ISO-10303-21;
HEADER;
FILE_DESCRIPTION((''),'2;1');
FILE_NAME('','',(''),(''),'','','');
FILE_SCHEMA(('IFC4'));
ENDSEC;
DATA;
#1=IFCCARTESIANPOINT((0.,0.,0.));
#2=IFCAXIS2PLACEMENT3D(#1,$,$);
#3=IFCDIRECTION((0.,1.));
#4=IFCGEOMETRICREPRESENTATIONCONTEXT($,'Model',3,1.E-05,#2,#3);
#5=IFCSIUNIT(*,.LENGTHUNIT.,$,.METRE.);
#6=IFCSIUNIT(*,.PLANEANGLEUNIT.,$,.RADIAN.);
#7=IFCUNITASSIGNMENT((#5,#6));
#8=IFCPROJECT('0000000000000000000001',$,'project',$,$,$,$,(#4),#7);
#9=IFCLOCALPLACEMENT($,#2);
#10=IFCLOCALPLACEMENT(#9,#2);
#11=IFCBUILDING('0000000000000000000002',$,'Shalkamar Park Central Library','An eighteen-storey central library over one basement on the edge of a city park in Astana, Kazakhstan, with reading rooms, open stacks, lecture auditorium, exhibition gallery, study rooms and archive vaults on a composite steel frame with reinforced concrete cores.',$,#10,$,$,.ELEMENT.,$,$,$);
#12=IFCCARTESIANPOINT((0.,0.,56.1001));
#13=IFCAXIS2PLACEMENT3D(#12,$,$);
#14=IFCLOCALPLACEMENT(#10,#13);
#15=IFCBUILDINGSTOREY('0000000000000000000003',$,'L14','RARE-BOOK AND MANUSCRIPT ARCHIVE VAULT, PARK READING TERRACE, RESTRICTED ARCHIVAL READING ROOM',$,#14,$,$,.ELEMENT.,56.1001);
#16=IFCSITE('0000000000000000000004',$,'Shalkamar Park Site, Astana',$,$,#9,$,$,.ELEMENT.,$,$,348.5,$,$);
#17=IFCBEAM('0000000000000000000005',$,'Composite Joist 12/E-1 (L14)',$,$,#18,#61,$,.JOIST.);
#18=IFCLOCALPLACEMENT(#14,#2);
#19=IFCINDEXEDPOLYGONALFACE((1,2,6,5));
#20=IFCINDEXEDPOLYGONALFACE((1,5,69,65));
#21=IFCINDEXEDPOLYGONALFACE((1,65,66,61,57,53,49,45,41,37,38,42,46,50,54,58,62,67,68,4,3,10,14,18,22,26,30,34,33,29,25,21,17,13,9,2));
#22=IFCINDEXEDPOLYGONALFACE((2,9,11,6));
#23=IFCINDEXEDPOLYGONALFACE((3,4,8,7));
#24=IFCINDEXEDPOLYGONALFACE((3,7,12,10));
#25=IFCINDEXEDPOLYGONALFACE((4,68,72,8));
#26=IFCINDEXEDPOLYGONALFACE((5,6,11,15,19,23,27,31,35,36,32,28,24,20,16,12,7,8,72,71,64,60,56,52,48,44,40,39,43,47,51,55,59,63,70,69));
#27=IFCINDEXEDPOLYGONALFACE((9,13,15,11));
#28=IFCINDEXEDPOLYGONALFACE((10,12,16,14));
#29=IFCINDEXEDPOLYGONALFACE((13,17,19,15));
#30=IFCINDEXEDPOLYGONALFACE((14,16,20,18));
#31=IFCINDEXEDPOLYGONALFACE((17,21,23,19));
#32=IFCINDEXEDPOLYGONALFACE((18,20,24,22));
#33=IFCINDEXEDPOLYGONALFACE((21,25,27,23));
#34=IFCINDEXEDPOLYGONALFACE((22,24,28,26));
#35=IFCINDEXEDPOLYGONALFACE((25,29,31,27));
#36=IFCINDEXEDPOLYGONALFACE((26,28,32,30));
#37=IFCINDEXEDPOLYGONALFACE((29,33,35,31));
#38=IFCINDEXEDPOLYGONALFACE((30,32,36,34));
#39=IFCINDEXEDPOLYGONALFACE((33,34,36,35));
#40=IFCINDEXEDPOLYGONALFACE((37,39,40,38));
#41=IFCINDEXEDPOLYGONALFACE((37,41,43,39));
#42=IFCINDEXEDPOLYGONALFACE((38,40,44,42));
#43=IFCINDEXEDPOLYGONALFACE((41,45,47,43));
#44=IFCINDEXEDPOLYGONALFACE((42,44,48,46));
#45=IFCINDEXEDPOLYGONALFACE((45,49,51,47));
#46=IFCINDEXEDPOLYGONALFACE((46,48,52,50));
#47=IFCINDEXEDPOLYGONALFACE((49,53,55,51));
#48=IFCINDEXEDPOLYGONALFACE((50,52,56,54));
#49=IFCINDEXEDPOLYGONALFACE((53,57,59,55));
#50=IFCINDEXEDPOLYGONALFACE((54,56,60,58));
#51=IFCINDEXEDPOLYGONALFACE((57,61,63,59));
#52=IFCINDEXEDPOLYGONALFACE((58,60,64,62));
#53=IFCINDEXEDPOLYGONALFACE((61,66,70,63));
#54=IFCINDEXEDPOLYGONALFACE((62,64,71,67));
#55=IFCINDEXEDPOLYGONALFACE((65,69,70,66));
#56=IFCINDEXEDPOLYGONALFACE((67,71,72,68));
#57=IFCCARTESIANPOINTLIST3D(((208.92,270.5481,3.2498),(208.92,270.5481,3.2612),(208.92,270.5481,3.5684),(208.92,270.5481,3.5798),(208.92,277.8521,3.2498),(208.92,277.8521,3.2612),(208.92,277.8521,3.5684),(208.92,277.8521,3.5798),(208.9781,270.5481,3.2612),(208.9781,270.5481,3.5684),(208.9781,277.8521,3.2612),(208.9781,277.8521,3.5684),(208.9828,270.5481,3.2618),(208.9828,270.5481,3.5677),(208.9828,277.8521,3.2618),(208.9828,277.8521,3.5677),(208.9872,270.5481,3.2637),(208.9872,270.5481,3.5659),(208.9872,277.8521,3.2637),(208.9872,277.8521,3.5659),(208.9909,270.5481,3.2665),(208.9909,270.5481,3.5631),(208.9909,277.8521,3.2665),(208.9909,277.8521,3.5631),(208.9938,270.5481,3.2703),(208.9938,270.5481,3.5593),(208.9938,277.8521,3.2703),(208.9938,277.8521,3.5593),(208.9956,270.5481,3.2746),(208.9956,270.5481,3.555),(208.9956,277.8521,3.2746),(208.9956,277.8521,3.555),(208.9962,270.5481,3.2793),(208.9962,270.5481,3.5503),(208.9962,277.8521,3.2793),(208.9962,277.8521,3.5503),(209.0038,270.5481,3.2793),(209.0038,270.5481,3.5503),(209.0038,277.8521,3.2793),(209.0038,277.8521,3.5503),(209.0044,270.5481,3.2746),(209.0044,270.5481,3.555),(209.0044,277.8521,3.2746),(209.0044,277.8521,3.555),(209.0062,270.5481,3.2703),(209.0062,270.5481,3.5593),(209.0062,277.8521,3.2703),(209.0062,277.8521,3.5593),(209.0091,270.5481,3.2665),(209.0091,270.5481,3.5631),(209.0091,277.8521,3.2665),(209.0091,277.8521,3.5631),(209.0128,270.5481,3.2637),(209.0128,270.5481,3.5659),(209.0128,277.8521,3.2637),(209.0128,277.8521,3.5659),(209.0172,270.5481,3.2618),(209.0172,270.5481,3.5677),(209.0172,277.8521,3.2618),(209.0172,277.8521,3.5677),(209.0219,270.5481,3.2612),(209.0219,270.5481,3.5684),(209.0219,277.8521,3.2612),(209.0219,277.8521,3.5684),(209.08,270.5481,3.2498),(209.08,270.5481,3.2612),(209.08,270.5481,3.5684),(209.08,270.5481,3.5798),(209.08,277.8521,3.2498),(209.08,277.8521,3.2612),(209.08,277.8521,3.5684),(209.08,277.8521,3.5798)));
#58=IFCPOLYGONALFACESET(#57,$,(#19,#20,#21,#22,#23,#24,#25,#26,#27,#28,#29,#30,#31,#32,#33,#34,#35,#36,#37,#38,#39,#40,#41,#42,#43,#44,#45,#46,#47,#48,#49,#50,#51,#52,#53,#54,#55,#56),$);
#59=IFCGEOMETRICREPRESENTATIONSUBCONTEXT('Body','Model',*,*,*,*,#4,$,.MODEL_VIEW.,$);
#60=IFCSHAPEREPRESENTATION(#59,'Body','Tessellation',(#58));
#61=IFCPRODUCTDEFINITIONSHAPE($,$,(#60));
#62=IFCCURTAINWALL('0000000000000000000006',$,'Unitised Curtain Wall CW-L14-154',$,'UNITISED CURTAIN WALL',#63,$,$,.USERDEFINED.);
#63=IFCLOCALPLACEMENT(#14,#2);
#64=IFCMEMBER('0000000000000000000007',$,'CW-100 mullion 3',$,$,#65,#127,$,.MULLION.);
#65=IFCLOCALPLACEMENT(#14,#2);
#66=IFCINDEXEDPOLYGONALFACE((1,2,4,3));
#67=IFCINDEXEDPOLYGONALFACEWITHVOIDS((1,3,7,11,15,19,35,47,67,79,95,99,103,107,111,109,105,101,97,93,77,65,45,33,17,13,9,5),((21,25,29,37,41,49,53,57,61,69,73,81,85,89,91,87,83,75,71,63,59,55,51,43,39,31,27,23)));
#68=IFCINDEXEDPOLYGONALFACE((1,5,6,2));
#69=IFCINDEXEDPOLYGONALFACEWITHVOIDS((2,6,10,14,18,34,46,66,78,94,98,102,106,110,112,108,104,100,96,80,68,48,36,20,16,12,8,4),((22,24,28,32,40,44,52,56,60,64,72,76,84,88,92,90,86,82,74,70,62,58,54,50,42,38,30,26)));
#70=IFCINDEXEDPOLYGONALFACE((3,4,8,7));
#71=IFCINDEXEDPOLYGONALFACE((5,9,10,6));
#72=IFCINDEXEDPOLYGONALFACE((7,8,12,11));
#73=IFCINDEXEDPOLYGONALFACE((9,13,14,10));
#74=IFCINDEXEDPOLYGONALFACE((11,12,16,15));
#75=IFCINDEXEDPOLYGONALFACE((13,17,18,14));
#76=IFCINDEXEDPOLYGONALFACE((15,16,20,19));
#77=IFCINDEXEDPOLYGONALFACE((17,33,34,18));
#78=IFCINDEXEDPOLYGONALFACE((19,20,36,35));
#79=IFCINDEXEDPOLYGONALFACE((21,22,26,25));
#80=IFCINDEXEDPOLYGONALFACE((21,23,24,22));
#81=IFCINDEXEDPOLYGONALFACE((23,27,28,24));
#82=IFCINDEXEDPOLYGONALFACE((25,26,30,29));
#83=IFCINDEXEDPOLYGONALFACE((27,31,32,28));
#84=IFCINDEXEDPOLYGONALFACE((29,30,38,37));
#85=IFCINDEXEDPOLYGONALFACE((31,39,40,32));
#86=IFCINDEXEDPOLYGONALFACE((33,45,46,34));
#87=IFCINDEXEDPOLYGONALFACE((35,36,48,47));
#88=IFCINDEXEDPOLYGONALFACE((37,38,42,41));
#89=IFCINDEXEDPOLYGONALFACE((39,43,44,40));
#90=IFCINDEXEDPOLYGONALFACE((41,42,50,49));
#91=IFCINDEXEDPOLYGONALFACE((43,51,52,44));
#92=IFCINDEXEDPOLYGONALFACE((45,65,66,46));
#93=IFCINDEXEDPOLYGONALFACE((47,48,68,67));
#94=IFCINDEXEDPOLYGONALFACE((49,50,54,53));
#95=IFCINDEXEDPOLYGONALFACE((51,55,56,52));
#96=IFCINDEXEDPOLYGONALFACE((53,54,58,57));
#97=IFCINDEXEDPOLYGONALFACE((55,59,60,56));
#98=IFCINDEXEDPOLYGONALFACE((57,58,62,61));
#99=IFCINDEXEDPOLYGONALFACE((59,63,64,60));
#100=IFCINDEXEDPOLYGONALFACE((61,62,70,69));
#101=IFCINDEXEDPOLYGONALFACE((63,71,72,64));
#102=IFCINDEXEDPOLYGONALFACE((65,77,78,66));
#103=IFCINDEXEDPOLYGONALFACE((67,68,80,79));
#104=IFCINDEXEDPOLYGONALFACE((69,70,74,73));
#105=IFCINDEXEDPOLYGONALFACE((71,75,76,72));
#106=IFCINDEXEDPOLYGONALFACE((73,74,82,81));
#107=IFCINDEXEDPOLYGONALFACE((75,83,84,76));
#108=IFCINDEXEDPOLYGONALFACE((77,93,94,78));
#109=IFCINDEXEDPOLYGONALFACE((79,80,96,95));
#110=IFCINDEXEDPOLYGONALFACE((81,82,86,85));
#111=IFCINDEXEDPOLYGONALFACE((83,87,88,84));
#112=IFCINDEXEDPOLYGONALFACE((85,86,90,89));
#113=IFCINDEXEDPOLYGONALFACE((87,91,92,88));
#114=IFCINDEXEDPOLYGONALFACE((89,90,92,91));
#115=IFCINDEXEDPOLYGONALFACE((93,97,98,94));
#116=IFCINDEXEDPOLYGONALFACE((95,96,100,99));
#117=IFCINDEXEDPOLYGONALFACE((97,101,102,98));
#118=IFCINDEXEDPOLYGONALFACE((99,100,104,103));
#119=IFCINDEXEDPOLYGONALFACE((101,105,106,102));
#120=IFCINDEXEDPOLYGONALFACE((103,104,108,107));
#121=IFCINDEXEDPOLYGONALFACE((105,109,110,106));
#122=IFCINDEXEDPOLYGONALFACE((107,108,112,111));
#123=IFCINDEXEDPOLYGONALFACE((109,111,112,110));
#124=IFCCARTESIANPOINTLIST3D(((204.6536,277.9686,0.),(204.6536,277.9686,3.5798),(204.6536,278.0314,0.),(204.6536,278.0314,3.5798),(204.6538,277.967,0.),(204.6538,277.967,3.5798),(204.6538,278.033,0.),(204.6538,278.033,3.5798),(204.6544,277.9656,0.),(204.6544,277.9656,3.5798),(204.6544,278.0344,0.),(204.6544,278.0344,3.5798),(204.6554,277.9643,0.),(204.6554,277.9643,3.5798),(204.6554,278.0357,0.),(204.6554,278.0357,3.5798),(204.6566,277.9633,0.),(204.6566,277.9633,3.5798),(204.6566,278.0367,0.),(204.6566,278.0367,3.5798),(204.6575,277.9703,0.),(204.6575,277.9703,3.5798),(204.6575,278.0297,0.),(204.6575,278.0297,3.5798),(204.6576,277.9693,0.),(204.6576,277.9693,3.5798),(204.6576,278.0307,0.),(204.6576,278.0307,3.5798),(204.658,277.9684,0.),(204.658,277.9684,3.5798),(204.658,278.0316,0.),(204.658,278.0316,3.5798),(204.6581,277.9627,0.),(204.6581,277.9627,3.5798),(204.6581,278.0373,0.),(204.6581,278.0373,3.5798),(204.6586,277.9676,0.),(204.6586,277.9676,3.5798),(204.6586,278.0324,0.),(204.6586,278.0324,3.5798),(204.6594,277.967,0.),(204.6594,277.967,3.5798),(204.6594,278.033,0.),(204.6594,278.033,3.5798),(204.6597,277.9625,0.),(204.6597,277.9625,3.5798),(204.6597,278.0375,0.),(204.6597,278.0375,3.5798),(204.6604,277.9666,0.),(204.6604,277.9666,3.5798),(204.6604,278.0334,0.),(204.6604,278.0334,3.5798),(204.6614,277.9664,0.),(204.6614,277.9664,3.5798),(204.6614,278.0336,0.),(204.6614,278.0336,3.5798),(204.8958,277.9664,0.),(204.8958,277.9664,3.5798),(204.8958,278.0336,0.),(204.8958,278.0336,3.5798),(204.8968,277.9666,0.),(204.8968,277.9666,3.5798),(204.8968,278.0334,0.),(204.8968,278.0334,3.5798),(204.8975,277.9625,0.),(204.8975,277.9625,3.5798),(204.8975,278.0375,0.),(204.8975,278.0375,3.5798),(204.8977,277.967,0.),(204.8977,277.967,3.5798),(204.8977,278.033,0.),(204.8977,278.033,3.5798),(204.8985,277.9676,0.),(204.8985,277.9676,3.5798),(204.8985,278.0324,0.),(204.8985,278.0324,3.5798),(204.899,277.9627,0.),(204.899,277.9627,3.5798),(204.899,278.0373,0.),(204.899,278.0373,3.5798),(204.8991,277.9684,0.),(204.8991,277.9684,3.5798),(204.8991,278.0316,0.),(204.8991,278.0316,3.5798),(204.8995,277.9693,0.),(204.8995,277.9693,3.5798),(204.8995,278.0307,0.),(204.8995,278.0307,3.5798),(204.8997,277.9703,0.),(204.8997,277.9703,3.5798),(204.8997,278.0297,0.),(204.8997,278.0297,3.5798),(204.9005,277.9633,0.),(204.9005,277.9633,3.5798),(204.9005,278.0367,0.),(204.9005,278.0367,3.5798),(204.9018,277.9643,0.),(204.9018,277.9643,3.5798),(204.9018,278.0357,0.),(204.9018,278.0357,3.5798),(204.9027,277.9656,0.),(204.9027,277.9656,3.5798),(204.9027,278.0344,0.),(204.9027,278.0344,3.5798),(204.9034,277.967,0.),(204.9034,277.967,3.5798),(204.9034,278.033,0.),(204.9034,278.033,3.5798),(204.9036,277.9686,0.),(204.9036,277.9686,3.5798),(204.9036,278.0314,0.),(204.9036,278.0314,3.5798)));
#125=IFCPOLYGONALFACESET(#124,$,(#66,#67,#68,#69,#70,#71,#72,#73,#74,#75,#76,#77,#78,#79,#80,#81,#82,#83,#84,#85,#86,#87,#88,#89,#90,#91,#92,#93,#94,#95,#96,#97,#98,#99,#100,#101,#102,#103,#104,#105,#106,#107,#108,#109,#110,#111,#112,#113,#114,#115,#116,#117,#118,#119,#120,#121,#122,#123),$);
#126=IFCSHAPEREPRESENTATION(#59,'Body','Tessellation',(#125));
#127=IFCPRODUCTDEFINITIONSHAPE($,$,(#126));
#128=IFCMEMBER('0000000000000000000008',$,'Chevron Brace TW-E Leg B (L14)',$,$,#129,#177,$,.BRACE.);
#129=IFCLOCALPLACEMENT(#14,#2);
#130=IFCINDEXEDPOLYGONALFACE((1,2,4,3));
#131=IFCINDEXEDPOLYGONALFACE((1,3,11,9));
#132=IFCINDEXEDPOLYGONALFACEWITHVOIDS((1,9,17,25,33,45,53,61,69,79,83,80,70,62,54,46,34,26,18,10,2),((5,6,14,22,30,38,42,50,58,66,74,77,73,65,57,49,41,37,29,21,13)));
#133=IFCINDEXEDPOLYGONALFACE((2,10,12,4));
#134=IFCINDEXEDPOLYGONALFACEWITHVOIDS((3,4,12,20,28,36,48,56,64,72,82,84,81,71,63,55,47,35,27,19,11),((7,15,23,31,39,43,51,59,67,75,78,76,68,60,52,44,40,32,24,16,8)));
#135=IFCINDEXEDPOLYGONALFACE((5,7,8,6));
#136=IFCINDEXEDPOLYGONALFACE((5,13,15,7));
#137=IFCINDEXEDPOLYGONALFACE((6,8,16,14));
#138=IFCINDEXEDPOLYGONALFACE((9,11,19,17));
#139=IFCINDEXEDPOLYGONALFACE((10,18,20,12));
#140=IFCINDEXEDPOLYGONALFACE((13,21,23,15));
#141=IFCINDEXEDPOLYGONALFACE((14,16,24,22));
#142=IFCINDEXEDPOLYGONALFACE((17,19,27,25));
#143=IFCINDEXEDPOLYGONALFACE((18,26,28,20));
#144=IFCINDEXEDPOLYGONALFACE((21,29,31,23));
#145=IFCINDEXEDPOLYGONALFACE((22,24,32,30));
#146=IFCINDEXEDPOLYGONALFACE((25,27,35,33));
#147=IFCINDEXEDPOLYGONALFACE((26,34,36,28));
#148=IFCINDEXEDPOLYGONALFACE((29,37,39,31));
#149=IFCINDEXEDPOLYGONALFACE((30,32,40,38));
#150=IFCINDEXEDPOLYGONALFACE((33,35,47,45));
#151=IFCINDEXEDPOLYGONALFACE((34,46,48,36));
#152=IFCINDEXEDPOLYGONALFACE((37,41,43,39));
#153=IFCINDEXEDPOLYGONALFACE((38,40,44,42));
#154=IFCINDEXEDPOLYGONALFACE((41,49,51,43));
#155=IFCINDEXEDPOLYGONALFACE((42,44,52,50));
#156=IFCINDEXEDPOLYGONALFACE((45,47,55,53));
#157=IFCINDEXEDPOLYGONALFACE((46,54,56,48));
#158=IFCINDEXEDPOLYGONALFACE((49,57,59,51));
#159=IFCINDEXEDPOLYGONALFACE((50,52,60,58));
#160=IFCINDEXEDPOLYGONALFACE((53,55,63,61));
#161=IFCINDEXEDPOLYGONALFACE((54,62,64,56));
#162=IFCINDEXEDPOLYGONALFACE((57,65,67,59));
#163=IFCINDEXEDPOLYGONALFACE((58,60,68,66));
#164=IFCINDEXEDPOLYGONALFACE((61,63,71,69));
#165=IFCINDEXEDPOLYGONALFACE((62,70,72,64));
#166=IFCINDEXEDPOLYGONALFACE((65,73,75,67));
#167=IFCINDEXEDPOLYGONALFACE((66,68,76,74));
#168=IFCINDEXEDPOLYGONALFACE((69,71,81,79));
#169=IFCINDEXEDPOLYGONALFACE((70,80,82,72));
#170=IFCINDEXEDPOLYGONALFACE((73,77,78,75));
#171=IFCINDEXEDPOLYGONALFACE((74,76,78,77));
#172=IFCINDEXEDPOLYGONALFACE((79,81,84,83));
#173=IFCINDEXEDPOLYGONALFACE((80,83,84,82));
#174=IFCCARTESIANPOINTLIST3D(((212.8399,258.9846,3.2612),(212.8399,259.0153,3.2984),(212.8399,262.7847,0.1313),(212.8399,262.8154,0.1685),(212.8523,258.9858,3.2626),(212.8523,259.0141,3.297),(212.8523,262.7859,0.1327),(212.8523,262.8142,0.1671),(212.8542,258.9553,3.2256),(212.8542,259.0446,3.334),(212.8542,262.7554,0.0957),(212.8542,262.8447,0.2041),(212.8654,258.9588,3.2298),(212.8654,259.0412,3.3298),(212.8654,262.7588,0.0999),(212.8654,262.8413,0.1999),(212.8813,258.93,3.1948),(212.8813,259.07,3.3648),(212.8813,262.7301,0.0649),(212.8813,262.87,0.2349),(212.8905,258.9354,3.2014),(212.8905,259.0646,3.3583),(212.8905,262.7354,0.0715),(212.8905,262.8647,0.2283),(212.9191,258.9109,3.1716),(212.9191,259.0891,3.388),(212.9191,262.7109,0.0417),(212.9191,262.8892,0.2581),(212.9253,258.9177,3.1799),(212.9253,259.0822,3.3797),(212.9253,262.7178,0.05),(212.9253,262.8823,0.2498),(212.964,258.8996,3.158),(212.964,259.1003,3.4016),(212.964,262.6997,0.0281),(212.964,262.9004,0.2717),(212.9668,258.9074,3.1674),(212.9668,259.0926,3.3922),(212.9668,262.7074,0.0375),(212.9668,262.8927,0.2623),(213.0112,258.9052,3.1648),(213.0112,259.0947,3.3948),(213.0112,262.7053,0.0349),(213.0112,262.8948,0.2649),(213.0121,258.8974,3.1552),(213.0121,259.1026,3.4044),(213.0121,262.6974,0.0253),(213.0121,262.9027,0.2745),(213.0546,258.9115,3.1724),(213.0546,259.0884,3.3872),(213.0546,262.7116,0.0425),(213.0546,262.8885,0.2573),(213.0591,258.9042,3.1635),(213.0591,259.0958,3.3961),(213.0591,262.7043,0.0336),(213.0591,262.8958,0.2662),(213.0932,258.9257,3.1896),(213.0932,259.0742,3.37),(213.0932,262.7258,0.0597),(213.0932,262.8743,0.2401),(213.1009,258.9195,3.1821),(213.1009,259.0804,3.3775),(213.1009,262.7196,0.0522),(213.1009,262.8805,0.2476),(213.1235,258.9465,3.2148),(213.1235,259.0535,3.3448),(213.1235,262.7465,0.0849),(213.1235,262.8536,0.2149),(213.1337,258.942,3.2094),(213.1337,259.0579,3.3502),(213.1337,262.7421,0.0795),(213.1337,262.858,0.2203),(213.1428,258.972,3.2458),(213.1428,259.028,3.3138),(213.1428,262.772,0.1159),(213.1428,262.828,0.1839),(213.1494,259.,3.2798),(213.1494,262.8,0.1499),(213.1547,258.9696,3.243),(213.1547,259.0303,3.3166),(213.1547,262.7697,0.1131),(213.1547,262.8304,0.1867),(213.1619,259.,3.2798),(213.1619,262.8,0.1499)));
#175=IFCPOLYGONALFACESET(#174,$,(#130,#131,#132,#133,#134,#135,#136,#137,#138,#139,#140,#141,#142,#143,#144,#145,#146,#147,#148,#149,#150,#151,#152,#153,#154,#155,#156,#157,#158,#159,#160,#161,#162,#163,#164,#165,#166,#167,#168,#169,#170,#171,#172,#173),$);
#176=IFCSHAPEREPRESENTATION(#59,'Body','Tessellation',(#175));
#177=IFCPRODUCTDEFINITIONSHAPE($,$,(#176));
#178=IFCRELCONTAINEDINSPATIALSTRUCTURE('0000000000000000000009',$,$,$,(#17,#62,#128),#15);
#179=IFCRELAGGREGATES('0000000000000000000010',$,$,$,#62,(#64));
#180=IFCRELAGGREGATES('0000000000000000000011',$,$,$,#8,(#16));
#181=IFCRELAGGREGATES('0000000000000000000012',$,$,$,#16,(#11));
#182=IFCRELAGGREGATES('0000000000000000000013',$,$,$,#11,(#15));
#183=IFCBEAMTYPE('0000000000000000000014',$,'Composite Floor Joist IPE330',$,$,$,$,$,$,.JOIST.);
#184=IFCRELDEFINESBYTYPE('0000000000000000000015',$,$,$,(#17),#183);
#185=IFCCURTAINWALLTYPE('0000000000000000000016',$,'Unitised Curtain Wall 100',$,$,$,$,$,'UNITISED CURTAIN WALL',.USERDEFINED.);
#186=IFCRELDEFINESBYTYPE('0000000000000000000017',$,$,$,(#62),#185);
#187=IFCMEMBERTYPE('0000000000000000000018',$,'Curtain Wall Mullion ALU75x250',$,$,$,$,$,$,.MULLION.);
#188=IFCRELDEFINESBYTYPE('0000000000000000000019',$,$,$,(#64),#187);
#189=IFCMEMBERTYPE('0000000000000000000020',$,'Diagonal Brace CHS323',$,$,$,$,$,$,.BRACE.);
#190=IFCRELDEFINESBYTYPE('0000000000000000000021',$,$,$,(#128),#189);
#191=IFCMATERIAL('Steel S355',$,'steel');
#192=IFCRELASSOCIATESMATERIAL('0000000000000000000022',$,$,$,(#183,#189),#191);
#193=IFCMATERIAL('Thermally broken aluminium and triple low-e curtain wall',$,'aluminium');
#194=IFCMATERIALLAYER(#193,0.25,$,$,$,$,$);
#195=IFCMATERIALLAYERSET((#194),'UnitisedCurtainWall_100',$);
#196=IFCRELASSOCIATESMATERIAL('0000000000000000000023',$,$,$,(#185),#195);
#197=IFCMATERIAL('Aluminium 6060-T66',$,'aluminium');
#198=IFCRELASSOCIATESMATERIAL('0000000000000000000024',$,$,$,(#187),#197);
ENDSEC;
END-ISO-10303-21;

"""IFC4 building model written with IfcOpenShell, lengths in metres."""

from ifc_helpers import new_model, si_unit, direction, frame, origin, origin_2d, place, context, subcontext, project, spatial, hollow_rectangle, hollow_circle, i_section, extrude, material, layer, layer_set, material_profile, profile_set, type_object, element, aggregate, save


model = new_model("IFC4")

# Units and contexts
model_context = context("Model", 3, precision=1e-05, world=origin(), true_north=direction((0.0, 1.0)))
body_context = subcontext(model_context, "Body", "Model", "MODEL_VIEW")
ifc_project = project(units=[si_unit("LENGTHUNIT", "METRE"), si_unit("PLANEANGLEUNIT", "RADIAN")], contexts=[model_context])

# Site, building, storey
site_placement = place(None, origin())
site = spatial("IfcSite", under=ifc_project, at=site_placement, Name="Shalkamar Park Site, Astana", CompositionType="ELEMENT", RefElevation=348.5)
building_placement = place(site_placement, origin())
building = spatial("IfcBuilding", under=site, at=building_placement, Name="Shalkamar Park Central Library", Description="An eighteen-storey central library over one basement on the edge of a city park in Astana, Kazakhstan, with reading rooms, open stacks, lecture auditorium, exhibition gallery, study rooms and archive vaults on a composite steel frame with reinforced concrete cores.", CompositionType="ELEMENT")
storey_placement = place(building_placement, frame((0.0, 0.0, 56.1001)))
storey = spatial("IfcBuildingStorey", under=building, at=storey_placement, Name="L14", Description="RARE-BOOK AND MANUSCRIPT ARCHIVE VAULT, PARK READING TERRACE, RESTRICTED ARCHIVAL READING ROOM", CompositionType="ELEMENT", Elevation=56.1001)

# Shared definitions
ifc_material_1 = material(Name="Steel S355", Category="steel")

# Beam
ifc_material_profile_1 = material_profile(ifc_material_1, i_section(OverallWidth=0.1599, OverallDepth=0.3301, WebThickness=0.0076, FlangeThickness=0.0115, FilletRadius=0.0181, at=origin_2d()), Name="IPE 330")
ifc_profile_set_1 = profile_set([ifc_material_profile_1], Name="Steel S355")
beam_type_1 = type_object("IfcBeamType", Name="Composite Floor Joist IPE330", PredefinedType="JOIST", material=ifc_profile_set_1)
beam_1_placement = place(storey_placement, frame((209.0, 270.5481, 3.4148), z_axis=(0.0, 1.0, 0.0), x_axis=(-1.0, 0.0, 0.0)))
element("IfcBeam", 1, at=beam_1_placement, inside=storey, type_object=beam_type_1, Name="Composite Joist 12/E-1 (L14)", PredefinedType="JOIST", context=body_context, shape_type="SweptSolid", body=[
    extrude(i_section(OverallWidth=0.1599, OverallDepth=0.3301, WebThickness=0.0076, FlangeThickness=0.0115, FilletRadius=0.0181, at=origin_2d()), origin(), (0.0, 0.0, 1.0), 7.304),
])

# Curtain wall, member
ifc_material_2 = material(Name="Thermally broken aluminium and triple low-e curtain wall", Category="aluminium")
ifc_layer_1 = layer(ifc_material_2, 0.25)
ifc_layer_set_1 = layer_set([ifc_layer_1], Name="UnitisedCurtainWall_100")
curtain_wall_type = type_object("IfcCurtainWallType", Name="Unitised Curtain Wall 100", ElementType="UNITISED CURTAIN WALL", PredefinedType="USERDEFINED", material=ifc_layer_set_1)
curtain_wall_placement = place(storey_placement, origin())
curtain_wall = element("IfcCurtainWall", 2, at=curtain_wall_placement, inside=storey, type_object=curtain_wall_type, Name="Unitised Curtain Wall CW-L14-154", ObjectType="UNITISED CURTAIN WALL", PredefinedType="USERDEFINED")
ifc_material_3 = material(Name="Aluminium 6060-T66", Category="aluminium")
ifc_material_profile_2 = material_profile(ifc_material_3, hollow_rectangle(XDim=0.075, YDim=0.25, WallThickness=0.0039, InnerFilletRadius=0.0039, OuterFilletRadius=0.0061, at=origin_2d()), Name="ALU 75x250x4")
ifc_profile_set_2 = profile_set([ifc_material_profile_2], Name="Aluminium 6060-T66")
member_type_1 = type_object("IfcMemberType", Name="Curtain Wall Mullion ALU75x250", PredefinedType="MULLION", material=ifc_profile_set_2)
member_1_placement = place(storey_placement, frame((204.7786, 278.0, 0.0), z_axis=(0.0, 0.0, 1.0), x_axis=(0.0, 1.0, 0.0)))
member_1 = element("IfcMember", 3, at=member_1_placement, type_object=member_type_1, Name="CW-100 mullion 3", PredefinedType="MULLION", context=body_context, shape_type="SweptSolid", body=[
    extrude(hollow_rectangle(XDim=0.075, YDim=0.25, WallThickness=0.0039, InnerFilletRadius=0.0039, OuterFilletRadius=0.0061, at=origin_2d()), origin(), (0.0, 0.0, 1.0), 3.5798),
])

# Member
ifc_material_profile_3 = material_profile(ifc_material_1, hollow_circle(Radius=0.1619, WallThickness=0.0125, at=origin_2d()), Name="CHS 323.9x12.5")
ifc_profile_set_3 = profile_set([ifc_material_profile_3], Name="Steel S355")
member_type_2 = type_object("IfcMemberType", Name="Diagonal Brace CHS323", PredefinedType="BRACE", material=ifc_profile_set_3)
member_2_placement = place(storey_placement, frame((213.0, 262.8, 0.1499), z_axis=(0.0, -0.771887, 0.635759), x_axis=(1.0, 0.0, 0.0)))
element("IfcMember", 4, at=member_2_placement, inside=storey, type_object=member_type_2, Name="Chevron Brace TW-E Leg B (L14)", PredefinedType="BRACE", context=body_context, shape_type="SweptSolid", body=[
    extrude(hollow_circle(Radius=0.1619, WallThickness=0.0125, at=origin_2d()), origin(), (0.0, 0.0, 1.0), 4.9231),
])

aggregate(curtain_wall, [member_1])

save(model, "model.ifc")
